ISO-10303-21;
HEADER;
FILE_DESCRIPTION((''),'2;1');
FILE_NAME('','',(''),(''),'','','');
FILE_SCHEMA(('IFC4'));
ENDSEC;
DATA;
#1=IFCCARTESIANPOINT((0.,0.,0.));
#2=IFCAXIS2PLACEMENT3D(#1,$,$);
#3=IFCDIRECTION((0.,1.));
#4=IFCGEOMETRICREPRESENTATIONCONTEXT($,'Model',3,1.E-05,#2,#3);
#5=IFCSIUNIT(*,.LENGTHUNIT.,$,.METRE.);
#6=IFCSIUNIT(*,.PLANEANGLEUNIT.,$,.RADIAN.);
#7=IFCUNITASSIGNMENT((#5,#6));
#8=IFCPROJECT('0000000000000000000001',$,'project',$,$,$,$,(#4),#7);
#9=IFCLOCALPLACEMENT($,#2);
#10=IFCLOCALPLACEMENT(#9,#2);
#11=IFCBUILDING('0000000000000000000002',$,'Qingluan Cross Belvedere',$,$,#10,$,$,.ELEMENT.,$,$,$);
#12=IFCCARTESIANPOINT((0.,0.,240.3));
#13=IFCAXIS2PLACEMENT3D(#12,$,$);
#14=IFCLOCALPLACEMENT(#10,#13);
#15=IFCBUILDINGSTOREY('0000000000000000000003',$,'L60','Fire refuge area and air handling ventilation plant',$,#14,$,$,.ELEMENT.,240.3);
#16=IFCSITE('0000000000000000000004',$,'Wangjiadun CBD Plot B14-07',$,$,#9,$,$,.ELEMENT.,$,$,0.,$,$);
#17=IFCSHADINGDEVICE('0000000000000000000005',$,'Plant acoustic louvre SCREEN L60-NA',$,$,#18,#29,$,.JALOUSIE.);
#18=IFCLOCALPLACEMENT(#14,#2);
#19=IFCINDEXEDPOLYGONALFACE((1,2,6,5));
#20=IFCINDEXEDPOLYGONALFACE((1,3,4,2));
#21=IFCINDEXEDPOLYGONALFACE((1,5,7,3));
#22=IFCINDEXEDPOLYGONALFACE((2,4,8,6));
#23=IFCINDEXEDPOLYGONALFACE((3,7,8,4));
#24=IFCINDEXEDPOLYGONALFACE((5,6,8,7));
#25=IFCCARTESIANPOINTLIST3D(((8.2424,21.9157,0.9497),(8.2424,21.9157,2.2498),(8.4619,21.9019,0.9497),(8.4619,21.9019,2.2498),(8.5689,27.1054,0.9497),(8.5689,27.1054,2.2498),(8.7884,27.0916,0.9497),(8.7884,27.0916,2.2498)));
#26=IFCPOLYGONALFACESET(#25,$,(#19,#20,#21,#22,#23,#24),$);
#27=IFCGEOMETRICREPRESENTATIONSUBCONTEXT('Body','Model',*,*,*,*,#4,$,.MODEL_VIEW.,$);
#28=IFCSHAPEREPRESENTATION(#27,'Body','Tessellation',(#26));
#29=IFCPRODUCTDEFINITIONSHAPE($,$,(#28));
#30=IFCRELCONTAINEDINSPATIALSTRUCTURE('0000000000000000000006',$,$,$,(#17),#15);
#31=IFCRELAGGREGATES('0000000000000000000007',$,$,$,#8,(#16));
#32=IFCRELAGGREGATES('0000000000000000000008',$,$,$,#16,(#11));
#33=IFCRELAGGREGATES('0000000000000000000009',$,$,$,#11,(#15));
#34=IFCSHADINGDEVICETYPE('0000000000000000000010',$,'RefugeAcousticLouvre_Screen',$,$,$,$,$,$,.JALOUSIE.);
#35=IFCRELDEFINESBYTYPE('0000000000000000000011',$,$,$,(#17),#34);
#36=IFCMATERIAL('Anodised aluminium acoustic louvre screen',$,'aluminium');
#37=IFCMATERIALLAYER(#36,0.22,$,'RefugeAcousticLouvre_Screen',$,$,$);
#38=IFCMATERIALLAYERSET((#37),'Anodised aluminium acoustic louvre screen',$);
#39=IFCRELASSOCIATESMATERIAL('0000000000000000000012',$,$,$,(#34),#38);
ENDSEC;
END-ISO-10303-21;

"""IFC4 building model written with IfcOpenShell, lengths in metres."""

from ifc_helpers import new_model, si_unit, direction, frame, origin, origin_2d, place, context, subcontext, project, spatial, rectangle, extrude, material, layer, layer_set, type_object, element, save


model = new_model("IFC4")

# Units and contexts
model_context = context("Model", 3, precision=1e-05, world=origin(), true_north=direction((0.0, 1.0)))
body_context = subcontext(model_context, "Body", "Model", "MODEL_VIEW")
ifc_project = project(units=[si_unit("LENGTHUNIT", "METRE"), si_unit("PLANEANGLEUNIT", "RADIAN")], contexts=[model_context])

# Site, building, storey
site_placement = place(None, origin())
site = spatial("IfcSite", under=ifc_project, at=site_placement, Name="Wangjiadun CBD Plot B14-07", CompositionType="ELEMENT", RefElevation=0.0)
building_placement = place(site_placement, origin())
building = spatial("IfcBuilding", under=site, at=building_placement, Name="Qingluan Cross Belvedere", CompositionType="ELEMENT")
storey_placement = place(building_placement, frame((0.0, 0.0, 240.3)))
storey = spatial("IfcBuildingStorey", under=building, at=storey_placement, Name="L60", Description="Fire refuge area and air handling ventilation plant", CompositionType="ELEMENT", Elevation=240.3)

# Shading device
ifc_material_1 = material(Name="Anodised aluminium acoustic louvre screen", Category="aluminium")
ifc_layer_1 = layer(ifc_material_1, 0.22, Name="RefugeAcousticLouvre_Screen")
ifc_layer_set_1 = layer_set([ifc_layer_1], Name="Anodised aluminium acoustic louvre screen")
shading_device_type_1 = type_object("IfcShadingDeviceType", Name="RefugeAcousticLouvre_Screen", PredefinedType="JALOUSIE", material=ifc_layer_set_1)
shading_device_1_placement = place(storey_placement, frame((8.5154, 24.5037, 0.9497), z_axis=(0.0, 0.0, 1.0), x_axis=(0.062791, 0.998027, 0.0)))
element("IfcShadingDevice", 1, at=shading_device_1_placement, inside=storey, type_object=shading_device_type_1, Name="Plant acoustic louvre SCREEN L60-NA", PredefinedType="JALOUSIE", context=body_context, shape_type="SweptSolid", body=[
    extrude(rectangle(XDim=5.2, YDim=0.22, at=origin_2d()), origin(), (0.0, 0.0, 1.0), 1.3),
])

save(model, "model.ifc")
